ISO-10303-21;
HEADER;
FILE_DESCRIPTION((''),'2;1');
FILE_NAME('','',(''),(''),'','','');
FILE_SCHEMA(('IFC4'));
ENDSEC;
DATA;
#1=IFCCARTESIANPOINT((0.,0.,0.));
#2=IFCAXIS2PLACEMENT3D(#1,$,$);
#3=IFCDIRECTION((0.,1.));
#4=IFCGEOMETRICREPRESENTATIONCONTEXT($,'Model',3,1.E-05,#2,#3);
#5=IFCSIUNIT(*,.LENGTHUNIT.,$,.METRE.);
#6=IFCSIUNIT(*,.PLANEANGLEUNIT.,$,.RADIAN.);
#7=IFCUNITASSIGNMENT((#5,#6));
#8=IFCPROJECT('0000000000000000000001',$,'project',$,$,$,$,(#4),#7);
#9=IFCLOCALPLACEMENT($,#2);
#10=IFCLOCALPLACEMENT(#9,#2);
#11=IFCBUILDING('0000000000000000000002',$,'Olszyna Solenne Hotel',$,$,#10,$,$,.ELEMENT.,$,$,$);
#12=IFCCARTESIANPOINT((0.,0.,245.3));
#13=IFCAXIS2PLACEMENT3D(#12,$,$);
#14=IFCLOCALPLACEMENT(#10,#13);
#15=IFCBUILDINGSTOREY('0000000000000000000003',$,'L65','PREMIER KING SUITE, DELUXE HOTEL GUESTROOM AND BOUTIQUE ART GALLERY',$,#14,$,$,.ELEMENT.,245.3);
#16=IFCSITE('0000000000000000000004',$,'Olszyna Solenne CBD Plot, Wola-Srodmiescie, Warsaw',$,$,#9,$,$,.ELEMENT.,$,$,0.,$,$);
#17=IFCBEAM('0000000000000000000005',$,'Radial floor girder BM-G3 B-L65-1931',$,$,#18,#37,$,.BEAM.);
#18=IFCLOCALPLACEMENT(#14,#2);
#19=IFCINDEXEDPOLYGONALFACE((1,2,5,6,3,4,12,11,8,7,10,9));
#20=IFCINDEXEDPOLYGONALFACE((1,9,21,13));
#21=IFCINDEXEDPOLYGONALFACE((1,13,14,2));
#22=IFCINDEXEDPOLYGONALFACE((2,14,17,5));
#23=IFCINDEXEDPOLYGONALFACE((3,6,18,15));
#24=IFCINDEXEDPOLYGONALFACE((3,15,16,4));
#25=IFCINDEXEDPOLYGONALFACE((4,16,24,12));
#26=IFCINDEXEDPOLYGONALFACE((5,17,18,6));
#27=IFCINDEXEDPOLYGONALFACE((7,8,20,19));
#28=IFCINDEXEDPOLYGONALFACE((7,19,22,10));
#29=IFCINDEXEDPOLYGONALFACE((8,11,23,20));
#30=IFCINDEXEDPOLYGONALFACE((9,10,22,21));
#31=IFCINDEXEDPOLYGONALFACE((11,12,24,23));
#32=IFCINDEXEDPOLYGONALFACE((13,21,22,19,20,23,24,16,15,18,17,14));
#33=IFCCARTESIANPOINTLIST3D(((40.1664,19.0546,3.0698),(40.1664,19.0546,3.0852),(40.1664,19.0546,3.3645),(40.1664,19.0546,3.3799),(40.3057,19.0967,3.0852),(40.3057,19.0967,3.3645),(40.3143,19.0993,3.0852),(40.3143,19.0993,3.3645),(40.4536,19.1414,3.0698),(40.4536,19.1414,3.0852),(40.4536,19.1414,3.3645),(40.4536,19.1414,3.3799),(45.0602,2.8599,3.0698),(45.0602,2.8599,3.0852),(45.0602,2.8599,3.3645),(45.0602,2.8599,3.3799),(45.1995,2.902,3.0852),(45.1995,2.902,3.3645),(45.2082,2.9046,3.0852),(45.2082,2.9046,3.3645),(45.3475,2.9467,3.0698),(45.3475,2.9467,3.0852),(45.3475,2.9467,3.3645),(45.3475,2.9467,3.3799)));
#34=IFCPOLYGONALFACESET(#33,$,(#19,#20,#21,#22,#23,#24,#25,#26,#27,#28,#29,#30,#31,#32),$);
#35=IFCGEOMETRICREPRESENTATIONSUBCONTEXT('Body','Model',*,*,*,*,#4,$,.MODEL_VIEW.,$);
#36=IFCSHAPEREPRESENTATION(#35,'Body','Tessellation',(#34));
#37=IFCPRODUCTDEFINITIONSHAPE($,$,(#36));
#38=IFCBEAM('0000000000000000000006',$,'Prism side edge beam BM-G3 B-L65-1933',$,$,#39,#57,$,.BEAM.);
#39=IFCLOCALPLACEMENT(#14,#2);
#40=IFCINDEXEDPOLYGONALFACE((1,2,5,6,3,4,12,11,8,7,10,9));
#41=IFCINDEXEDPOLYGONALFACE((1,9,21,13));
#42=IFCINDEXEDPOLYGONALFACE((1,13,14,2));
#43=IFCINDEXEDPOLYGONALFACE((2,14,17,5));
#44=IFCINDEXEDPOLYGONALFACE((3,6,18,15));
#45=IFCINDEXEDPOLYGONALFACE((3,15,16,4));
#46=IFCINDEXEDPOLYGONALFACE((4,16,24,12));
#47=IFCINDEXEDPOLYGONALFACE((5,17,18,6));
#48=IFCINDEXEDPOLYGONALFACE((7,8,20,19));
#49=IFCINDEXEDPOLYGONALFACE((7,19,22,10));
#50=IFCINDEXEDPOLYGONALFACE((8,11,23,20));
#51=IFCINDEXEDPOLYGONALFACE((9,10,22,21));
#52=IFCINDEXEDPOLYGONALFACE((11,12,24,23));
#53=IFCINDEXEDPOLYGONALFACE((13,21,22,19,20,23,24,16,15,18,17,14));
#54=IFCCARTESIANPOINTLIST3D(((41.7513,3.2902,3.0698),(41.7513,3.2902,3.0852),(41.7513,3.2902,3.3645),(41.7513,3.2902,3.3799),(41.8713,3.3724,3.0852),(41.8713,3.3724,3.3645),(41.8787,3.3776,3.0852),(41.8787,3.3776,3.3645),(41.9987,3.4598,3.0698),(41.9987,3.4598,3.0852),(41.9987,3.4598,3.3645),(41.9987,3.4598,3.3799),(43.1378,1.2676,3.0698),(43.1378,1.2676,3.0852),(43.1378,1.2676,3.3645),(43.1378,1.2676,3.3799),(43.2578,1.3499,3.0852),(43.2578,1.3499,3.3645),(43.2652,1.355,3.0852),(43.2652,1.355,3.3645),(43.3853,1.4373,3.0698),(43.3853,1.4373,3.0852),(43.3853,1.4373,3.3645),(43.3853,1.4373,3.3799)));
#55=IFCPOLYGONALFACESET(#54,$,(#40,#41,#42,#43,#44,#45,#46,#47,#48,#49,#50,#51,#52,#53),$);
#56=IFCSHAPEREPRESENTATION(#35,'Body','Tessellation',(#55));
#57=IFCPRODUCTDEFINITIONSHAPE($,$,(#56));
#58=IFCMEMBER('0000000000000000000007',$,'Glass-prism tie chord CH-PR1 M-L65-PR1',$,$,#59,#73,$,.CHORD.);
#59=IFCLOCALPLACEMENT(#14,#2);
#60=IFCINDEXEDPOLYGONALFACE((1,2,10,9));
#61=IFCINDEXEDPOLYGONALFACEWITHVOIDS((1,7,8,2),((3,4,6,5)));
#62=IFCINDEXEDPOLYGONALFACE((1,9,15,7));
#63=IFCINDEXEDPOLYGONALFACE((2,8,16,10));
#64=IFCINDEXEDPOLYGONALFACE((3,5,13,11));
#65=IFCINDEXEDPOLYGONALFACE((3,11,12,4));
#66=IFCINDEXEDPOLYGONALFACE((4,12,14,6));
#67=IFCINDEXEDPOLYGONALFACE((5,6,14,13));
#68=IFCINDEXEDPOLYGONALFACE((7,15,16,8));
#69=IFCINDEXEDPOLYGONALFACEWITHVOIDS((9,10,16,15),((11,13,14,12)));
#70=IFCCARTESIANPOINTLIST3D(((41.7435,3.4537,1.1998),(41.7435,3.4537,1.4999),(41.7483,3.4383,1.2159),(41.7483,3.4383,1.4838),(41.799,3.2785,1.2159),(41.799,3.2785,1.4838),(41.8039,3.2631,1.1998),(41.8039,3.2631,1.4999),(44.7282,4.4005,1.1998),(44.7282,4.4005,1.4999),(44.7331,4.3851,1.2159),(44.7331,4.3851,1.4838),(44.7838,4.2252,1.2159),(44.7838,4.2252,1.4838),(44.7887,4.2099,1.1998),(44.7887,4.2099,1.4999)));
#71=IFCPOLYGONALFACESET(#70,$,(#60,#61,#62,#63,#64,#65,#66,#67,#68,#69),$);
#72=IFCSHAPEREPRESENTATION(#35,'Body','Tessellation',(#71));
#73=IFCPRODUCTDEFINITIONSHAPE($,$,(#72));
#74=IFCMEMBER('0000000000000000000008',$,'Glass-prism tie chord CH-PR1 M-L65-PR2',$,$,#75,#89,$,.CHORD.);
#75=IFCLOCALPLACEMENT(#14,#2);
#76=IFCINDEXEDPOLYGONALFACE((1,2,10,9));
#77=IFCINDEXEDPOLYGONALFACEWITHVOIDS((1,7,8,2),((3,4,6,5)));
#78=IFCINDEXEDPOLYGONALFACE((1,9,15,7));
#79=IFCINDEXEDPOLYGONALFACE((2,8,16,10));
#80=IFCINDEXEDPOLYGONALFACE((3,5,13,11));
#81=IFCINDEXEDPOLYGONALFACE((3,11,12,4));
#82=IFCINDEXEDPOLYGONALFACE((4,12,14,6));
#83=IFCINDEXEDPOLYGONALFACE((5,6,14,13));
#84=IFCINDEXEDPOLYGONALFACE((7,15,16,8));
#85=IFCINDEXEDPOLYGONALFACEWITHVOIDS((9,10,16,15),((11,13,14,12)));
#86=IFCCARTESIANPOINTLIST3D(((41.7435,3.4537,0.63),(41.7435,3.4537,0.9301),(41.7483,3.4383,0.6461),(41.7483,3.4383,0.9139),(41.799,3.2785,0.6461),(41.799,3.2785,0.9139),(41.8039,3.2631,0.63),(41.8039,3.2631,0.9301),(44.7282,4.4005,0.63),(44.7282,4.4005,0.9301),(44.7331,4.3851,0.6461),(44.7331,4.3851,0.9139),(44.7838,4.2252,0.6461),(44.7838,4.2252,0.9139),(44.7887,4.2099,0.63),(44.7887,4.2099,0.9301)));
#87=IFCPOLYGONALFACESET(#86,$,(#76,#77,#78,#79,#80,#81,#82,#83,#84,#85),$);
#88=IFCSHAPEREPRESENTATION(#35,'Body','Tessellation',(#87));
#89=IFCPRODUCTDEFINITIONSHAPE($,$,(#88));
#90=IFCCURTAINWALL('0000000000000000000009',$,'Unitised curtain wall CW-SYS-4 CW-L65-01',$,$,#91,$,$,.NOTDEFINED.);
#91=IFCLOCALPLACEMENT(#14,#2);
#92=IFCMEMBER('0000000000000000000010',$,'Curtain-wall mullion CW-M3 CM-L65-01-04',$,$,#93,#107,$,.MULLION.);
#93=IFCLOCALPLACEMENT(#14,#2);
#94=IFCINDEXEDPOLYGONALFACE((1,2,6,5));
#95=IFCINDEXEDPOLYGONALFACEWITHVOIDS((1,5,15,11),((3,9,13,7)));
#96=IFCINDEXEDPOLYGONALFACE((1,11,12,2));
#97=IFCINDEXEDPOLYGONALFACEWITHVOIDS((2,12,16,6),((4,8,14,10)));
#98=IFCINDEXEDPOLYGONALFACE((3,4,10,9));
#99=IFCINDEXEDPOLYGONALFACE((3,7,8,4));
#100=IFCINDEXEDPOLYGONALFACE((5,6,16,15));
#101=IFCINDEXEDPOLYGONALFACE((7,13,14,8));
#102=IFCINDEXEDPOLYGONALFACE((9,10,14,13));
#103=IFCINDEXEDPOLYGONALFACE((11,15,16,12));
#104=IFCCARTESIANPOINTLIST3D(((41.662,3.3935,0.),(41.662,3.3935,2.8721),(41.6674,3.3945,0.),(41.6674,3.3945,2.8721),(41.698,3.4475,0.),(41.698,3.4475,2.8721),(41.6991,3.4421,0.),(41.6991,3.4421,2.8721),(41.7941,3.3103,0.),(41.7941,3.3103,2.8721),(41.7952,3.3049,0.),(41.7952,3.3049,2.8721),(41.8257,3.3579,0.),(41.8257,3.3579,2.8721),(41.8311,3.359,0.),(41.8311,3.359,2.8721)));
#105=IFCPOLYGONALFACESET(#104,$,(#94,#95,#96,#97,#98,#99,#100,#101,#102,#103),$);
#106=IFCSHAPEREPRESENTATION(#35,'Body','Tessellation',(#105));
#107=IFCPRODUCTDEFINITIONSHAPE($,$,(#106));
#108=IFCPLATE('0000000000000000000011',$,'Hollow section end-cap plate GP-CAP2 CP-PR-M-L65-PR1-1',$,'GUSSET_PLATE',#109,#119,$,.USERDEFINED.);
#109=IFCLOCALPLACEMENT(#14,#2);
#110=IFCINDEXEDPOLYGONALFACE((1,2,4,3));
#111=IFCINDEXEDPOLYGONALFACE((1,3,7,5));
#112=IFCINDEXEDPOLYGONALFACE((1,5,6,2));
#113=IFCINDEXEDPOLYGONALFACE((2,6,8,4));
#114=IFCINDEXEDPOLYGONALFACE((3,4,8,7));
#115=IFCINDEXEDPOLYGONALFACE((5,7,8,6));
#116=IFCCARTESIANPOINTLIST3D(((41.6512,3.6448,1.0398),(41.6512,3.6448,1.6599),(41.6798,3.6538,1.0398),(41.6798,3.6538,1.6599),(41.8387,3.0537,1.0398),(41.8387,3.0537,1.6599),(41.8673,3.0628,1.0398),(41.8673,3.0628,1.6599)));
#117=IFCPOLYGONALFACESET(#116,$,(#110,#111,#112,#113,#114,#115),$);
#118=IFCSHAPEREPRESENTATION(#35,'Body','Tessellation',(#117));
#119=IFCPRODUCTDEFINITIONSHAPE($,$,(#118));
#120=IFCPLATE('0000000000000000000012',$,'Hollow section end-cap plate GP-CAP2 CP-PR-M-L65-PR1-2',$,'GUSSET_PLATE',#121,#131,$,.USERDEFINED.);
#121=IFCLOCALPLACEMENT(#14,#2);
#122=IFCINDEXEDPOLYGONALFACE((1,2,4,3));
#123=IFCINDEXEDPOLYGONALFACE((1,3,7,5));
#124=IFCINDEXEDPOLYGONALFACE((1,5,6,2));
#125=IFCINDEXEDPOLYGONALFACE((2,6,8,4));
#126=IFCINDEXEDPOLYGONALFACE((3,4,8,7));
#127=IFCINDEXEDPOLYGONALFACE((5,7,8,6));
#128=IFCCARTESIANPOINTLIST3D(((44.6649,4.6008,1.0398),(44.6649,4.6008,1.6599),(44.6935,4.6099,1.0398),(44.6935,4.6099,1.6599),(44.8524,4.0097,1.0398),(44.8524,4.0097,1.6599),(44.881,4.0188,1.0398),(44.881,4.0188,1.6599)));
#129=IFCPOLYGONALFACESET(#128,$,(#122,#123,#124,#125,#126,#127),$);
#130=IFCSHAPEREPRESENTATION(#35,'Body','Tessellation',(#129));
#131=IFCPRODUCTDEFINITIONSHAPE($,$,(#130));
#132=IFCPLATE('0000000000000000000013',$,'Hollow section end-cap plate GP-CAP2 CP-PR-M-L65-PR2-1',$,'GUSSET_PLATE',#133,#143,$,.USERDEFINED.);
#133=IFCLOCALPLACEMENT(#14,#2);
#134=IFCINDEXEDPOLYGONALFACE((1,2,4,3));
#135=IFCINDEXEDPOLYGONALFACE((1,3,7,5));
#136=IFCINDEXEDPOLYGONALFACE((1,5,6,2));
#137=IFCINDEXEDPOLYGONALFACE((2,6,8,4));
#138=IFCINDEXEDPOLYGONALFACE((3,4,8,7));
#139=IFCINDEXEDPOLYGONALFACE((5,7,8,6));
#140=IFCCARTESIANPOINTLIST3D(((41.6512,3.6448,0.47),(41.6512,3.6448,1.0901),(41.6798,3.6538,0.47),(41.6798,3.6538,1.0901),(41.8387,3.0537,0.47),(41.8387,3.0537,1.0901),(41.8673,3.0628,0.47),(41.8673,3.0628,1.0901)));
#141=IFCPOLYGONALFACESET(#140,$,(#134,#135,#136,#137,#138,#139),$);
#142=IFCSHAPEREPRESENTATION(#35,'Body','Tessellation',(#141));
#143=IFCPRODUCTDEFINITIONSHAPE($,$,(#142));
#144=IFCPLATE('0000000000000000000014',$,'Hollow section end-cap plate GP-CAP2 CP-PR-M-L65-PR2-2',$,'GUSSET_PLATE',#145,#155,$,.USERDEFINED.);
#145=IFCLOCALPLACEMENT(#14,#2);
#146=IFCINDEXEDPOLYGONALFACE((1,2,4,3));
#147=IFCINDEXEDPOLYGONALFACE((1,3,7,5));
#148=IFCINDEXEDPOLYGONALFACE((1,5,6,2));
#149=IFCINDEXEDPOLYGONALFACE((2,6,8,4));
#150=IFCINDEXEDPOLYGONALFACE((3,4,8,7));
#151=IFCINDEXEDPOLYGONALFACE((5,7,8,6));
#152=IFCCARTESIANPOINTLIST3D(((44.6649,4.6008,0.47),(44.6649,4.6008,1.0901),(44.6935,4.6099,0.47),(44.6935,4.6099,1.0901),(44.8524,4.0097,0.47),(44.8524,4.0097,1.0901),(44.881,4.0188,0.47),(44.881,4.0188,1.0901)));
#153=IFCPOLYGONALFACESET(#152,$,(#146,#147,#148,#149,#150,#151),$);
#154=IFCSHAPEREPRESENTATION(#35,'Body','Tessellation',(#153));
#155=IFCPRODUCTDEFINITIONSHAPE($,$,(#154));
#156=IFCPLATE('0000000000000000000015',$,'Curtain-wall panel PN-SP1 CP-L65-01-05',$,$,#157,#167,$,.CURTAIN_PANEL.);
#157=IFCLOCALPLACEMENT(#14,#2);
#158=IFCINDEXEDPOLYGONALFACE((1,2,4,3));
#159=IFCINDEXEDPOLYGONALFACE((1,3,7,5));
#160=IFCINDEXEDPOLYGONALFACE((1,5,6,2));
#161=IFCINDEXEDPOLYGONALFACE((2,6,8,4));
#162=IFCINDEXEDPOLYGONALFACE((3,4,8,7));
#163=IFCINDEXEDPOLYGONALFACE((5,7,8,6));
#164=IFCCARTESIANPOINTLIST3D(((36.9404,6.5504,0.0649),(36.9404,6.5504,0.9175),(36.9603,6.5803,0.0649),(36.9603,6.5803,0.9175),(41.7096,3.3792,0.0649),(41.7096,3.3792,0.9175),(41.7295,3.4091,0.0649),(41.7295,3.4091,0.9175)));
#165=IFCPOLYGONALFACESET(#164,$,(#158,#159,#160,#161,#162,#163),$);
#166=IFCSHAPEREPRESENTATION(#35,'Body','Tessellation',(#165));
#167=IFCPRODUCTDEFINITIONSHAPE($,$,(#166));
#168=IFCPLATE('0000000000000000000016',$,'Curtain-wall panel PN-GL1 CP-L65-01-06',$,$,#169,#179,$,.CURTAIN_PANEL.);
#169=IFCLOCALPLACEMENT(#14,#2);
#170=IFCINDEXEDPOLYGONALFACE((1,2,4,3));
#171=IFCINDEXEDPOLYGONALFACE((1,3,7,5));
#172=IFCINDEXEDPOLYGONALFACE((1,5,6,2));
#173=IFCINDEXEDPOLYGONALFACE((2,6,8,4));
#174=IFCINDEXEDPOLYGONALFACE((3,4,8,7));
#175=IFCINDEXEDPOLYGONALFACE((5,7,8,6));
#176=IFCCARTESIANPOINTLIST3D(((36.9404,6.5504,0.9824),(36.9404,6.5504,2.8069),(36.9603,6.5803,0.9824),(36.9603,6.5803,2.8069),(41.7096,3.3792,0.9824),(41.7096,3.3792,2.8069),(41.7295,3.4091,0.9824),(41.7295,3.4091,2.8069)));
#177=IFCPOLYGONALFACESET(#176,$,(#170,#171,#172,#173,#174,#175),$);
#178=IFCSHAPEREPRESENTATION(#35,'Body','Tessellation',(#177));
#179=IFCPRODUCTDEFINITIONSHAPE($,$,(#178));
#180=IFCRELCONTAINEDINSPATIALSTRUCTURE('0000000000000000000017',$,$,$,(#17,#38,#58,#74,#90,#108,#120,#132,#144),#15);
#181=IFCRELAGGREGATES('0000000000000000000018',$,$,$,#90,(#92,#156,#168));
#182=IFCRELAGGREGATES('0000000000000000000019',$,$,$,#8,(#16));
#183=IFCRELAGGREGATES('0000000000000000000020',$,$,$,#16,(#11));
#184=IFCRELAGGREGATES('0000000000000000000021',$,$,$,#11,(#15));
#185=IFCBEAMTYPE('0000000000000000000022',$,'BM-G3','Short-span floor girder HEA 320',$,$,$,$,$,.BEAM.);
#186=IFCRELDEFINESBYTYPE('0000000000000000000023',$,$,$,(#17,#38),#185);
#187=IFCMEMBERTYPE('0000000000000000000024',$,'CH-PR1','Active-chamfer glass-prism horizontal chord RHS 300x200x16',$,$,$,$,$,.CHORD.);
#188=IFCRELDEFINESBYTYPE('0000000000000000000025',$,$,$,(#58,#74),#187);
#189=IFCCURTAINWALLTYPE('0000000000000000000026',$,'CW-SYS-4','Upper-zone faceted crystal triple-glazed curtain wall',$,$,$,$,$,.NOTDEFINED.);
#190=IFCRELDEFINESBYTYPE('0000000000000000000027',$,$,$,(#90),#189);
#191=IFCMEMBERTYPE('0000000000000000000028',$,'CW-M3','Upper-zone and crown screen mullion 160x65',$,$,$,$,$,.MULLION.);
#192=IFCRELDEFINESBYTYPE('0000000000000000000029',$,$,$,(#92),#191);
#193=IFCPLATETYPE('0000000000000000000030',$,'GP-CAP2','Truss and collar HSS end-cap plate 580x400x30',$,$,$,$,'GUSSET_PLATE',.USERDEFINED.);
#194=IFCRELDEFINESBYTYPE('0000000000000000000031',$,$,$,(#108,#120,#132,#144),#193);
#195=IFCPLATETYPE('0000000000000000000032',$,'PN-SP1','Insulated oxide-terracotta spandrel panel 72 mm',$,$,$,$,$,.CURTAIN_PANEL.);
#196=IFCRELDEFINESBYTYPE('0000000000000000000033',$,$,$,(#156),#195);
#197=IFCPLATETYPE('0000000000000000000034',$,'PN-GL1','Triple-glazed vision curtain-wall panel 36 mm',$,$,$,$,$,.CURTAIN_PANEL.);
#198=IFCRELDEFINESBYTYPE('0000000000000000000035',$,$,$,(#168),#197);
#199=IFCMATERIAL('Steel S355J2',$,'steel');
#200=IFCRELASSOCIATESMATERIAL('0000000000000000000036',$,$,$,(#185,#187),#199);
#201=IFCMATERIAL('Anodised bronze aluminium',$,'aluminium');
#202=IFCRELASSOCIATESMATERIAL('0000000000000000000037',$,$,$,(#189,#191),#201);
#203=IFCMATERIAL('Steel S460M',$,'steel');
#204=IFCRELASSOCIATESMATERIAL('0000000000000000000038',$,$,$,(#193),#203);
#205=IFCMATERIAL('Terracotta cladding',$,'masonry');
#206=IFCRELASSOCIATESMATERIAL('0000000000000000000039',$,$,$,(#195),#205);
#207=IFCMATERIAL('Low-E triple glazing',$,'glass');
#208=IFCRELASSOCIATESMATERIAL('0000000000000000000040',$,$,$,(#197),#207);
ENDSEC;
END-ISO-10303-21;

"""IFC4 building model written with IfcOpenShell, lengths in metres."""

from ifc_helpers import new_model, si_unit, direction, frame, origin, origin_2d, place, context, subcontext, project, spatial, rectangle, hollow_rectangle, i_section, extrude, source, transform, mapped, material, material_profile, profile_set, type_object, element, aggregate, save


model = new_model("IFC4")

# Units and contexts
model_context = context("Model", 3, precision=1e-05, world=origin(), true_north=direction((0.0, 1.0)))
body_context = subcontext(model_context, "Body", "Model", "MODEL_VIEW")
ifc_project = project(units=[si_unit("LENGTHUNIT", "METRE"), si_unit("PLANEANGLEUNIT", "RADIAN")], contexts=[model_context])

# Site, building, storey
site_placement = place(None, origin())
site = spatial("IfcSite", under=ifc_project, at=site_placement, Name="Olszyna Solenne CBD Plot, Wola-Srodmiescie, Warsaw", CompositionType="ELEMENT", RefElevation=0.0)
building_placement = place(site_placement, origin())
building = spatial("IfcBuilding", under=site, at=building_placement, Name="Olszyna Solenne Hotel", CompositionType="ELEMENT")
storey_placement = place(building_placement, frame((0.0, 0.0, 245.3)))
storey = spatial("IfcBuildingStorey", under=building, at=storey_placement, Name="L65", Description="PREMIER KING SUITE, DELUXE HOTEL GUESTROOM AND BOUTIQUE ART GALLERY", CompositionType="ELEMENT", Elevation=245.3)

# Shared definitions
ifc_material_1 = material(Name="Steel S460M", Category="steel")

# Beams
ifc_material_2 = material(Name="Steel S355J2", Category="steel")
ifc_material_profile_1 = material_profile(ifc_material_2, i_section(OverallWidth=0.3, OverallDepth=0.3101, WebThickness=0.009, FlangeThickness=0.0154, at=origin_2d()), Name="HEA 320", Category="load-bearing")
ifc_profile_set_1 = profile_set([ifc_material_profile_1], Name="Steel S355J2")
beam_type_1 = type_object("IfcBeamType", Name="BM-G3", Description="Short-span floor girder HEA 320", PredefinedType="BEAM", material=ifc_profile_set_1)
shared_shape_1 = source(origin(), body_context, "Body", "SweptSolid", [
    extrude(i_section(OverallWidth=0.3, OverallDepth=0.3101, WebThickness=0.009, FlangeThickness=0.0154, at=origin_2d()), origin(), (0.0, 0.0, 1.0), 16.918),
])
beam_1_placement = place(storey_placement, frame((45.2039, 2.9033, 3.2249), z_axis=(-0.289268, 0.957248, 0.0), x_axis=(-0.957248, -0.289268, 0.0)))
element("IfcBeam", 1, at=beam_1_placement, inside=storey, type_object=beam_type_1, Name="Radial floor girder BM-G3 B-L65-1931", PredefinedType="BEAM", context=body_context, shape_type="MappedRepresentation", body=[
    mapped(shared_shape_1, transform((0.0, 0.0, 0.0), x_axis=(1.0, 0.0, 0.0), y_axis=(0.0, 1.0, 0.0), z_axis=(0.0, 0.0, 1.0), scale=1.0)),
])
shared_shape_2 = source(origin(), body_context, "Body", "SweptSolid", [
    extrude(i_section(OverallWidth=0.3, OverallDepth=0.3101, WebThickness=0.009, FlangeThickness=0.0154, at=origin_2d()), origin(), (0.0, 0.0, 1.0), 2.4521),
])
beam_2_placement = place(storey_placement, frame((41.875, 3.375, 3.2249), z_axis=(0.56543, -0.824797, 0.0), x_axis=(0.824797, 0.56543, 0.0)))
element("IfcBeam", 2, at=beam_2_placement, inside=storey, type_object=beam_type_1, Name="Prism side edge beam BM-G3 B-L65-1933", PredefinedType="BEAM", context=body_context, shape_type="MappedRepresentation", body=[
    mapped(shared_shape_2, transform((0.0, 0.0, 0.0), x_axis=(1.0, 0.0, 0.0), y_axis=(0.0, 1.0, 0.0), z_axis=(0.0, 0.0, 1.0), scale=1.0)),
])

# Members
ifc_material_profile_2 = material_profile(ifc_material_2, hollow_rectangle(XDim=0.2, YDim=0.3, WallThickness=0.0161, at=origin_2d()), Name="RHS 300x200x16", Category="load-bearing")
ifc_profile_set_2 = profile_set([ifc_material_profile_2], Name="Steel S355J2")
member_type_1 = type_object("IfcMemberType", Name="CH-PR1", Description="Active-chamfer glass-prism horizontal chord RHS 300x200x16", PredefinedType="CHORD", material=ifc_profile_set_2)
shared_shape_3 = source(origin(), body_context, "Body", "SweptSolid", [
    extrude(hollow_rectangle(XDim=0.2, YDim=0.3, WallThickness=0.0161, at=origin_2d()), origin(), (0.0, 0.0, 1.0), 3.1313),
])
for number, where, z_axis, x_axis, name in (
    (3, (41.7737, 3.3584, 1.3499), (0.953198, 0.302348, 0.0), (-0.302348, 0.953198, 0.0), "Glass-prism tie chord CH-PR1 M-L65-PR1"),
    (4, (41.7737, 3.3584, 0.78), (0.953198, 0.302348, 0.0), (-0.302348, 0.953198, 0.0), "Glass-prism tie chord CH-PR1 M-L65-PR2"),
):
    element("IfcMember", number, at=place(storey_placement, frame(where, z_axis=z_axis, x_axis=x_axis)), inside=storey, type_object=member_type_1, Name=name, PredefinedType="CHORD", context=body_context, shape_type="MappedRepresentation", body=[
        mapped(shared_shape_3, transform((0.0, 0.0, 0.0), x_axis=(1.0, 0.0, 0.0), y_axis=(0.0, 1.0, 0.0), z_axis=(0.0, 0.0, 1.0), scale=1.0)),
    ])

# Curtain wall, member
ifc_material_3 = material(Name="Anodised bronze aluminium", Category="aluminium")
curtain_wall_type = type_object("IfcCurtainWallType", Name="CW-SYS-4", Description="Upper-zone faceted crystal triple-glazed curtain wall", PredefinedType="NOTDEFINED", material=ifc_material_3)
curtain_wall_placement = place(storey_placement, origin())
curtain_wall = element("IfcCurtainWall", 5, at=curtain_wall_placement, inside=storey, type_object=curtain_wall_type, Name="Unitised curtain wall CW-SYS-4 CW-L65-01", PredefinedType="NOTDEFINED")
ifc_material_profile_3 = material_profile(ifc_material_3, hollow_rectangle(XDim=0.0649, YDim=0.1599, WallThickness=0.0039, at=origin_2d()), Name="MULL 160x65x4", Category="load-bearing")
ifc_profile_set_3 = profile_set([ifc_material_profile_3], Name="Anodised bronze aluminium")
member_type_2 = type_object("IfcMemberType", Name="CW-M3", Description="Upper-zone and crown screen mullion 160x65", PredefinedType="MULLION", material=ifc_profile_set_3)
shared_shape_4 = source(origin(), body_context, "Body", "SweptSolid", [
    extrude(hollow_rectangle(XDim=0.0649, YDim=0.1599, WallThickness=0.0039, at=origin_2d()), origin(), (0.0, 0.0, 1.0), 2.8721),
])
member_placement = place(storey_placement, frame((41.7466, 3.3762, 0.0), z_axis=(0.0, 0.0, 1.0), x_axis=(0.553695, 0.83272, 0.0)))
member = element("IfcMember", 6, at=member_placement, type_object=member_type_2, Name="Curtain-wall mullion CW-M3 CM-L65-01-04", PredefinedType="MULLION", context=body_context, shape_type="MappedRepresentation", body=[
    mapped(shared_shape_4, transform((0.0, 0.0, 0.0), x_axis=(1.0, 0.0, 0.0), y_axis=(0.0, 1.0, 0.0), z_axis=(0.0, 0.0, 1.0), scale=1.0)),
])

# Plates
plate_type_1 = type_object("IfcPlateType", Name="GP-CAP2", Description="Truss and collar HSS end-cap plate 580x400x30", ElementType="GUSSET_PLATE", PredefinedType="USERDEFINED", material=ifc_material_1)
shared_shape_5 = source(origin(), body_context, "Body", "SweptSolid", [
    extrude(rectangle(XDim=0.03, YDim=0.6201, at=origin_2d()), origin(), (0.0, 0.0, 1.0), 0.6201),
])
for number, where, z_axis, x_axis, name in (
    (7, (41.7593, 3.3538, 1.0398), (0.0, 0.0, 1.0), (0.953191, 0.30237, 0.0), "Hollow section end-cap plate GP-CAP2 CP-PR-M-L65-PR1-1"),
    (8, (44.7729, 4.3098, 1.0398), (0.0, 0.0, 1.0), (0.953191, 0.30237, 0.0), "Hollow section end-cap plate GP-CAP2 CP-PR-M-L65-PR1-2"),
    (9, (41.7593, 3.3538, 0.47), (0.0, 0.0, 1.0), (0.953191, 0.30237, 0.0), "Hollow section end-cap plate GP-CAP2 CP-PR-M-L65-PR2-1"),
    (10, (44.7729, 4.3098, 0.47), (0.0, 0.0, 1.0), (0.953191, 0.30237, 0.0), "Hollow section end-cap plate GP-CAP2 CP-PR-M-L65-PR2-2"),
):
    element("IfcPlate", number, at=place(storey_placement, frame(where, z_axis=z_axis, x_axis=x_axis)), inside=storey, type_object=plate_type_1, Name=name, ObjectType="GUSSET_PLATE", PredefinedType="USERDEFINED", context=body_context, shape_type="MappedRepresentation", body=[
        mapped(shared_shape_5, transform((0.0, 0.0, 0.0), x_axis=(1.0, 0.0, 0.0), y_axis=(0.0, 1.0, 0.0), z_axis=(0.0, 0.0, 1.0), scale=1.0)),
    ])

# Plates
ifc_material_4 = material(Name="Terracotta cladding", Category="masonry")
plate_type_2 = type_object("IfcPlateType", Name="PN-SP1", Description="Insulated oxide-terracotta spandrel panel 72 mm", PredefinedType="CURTAIN_PANEL", material=ifc_material_4)
shared_shape_6 = source(origin(), body_context, "Body", "SweptSolid", [
    extrude(rectangle(XDim=5.7273, YDim=0.0359, at=origin_2d()), origin(), (0.0, 0.0, 1.0), 0.8525),
])
plate_1_placement = place(storey_placement, frame((39.335, 4.9797, 0.0649), z_axis=(0.0, 0.0, 1.0), x_axis=(0.83272, -0.553695, 0.0)))
plate_1 = element("IfcPlate", 11, at=plate_1_placement, type_object=plate_type_2, Name="Curtain-wall panel PN-SP1 CP-L65-01-05", PredefinedType="CURTAIN_PANEL", context=body_context, shape_type="MappedRepresentation", body=[
    mapped(shared_shape_6, transform((0.0, 0.0, 0.0), x_axis=(1.0, 0.0, 0.0), y_axis=(0.0, 1.0, 0.0), z_axis=(0.0, 0.0, 1.0), scale=1.0)),
])
ifc_material_5 = material(Name="Low-E triple glazing", Category="glass")
plate_type_3 = type_object("IfcPlateType", Name="PN-GL1", Description="Triple-glazed vision curtain-wall panel 36 mm", PredefinedType="CURTAIN_PANEL", material=ifc_material_5)
shared_shape_7 = source(origin(), body_context, "Body", "SweptSolid", [
    extrude(rectangle(XDim=5.7273, YDim=0.0359, at=origin_2d()), origin(), (0.0, 0.0, 1.0), 1.8245),
])
plate_2_placement = place(storey_placement, frame((39.335, 4.9797, 0.9824), z_axis=(0.0, 0.0, 1.0), x_axis=(0.83272, -0.553695, 0.0)))
plate_2 = element("IfcPlate", 12, at=plate_2_placement, type_object=plate_type_3, Name="Curtain-wall panel PN-GL1 CP-L65-01-06", PredefinedType="CURTAIN_PANEL", context=body_context, shape_type="MappedRepresentation", body=[
    mapped(shared_shape_7, transform((0.0, 0.0, 0.0), x_axis=(1.0, 0.0, 0.0), y_axis=(0.0, 1.0, 0.0), z_axis=(0.0, 0.0, 1.0), scale=1.0)),
])
aggregate(curtain_wall, [member, plate_1, plate_2])

save(model, "model.ifc")
